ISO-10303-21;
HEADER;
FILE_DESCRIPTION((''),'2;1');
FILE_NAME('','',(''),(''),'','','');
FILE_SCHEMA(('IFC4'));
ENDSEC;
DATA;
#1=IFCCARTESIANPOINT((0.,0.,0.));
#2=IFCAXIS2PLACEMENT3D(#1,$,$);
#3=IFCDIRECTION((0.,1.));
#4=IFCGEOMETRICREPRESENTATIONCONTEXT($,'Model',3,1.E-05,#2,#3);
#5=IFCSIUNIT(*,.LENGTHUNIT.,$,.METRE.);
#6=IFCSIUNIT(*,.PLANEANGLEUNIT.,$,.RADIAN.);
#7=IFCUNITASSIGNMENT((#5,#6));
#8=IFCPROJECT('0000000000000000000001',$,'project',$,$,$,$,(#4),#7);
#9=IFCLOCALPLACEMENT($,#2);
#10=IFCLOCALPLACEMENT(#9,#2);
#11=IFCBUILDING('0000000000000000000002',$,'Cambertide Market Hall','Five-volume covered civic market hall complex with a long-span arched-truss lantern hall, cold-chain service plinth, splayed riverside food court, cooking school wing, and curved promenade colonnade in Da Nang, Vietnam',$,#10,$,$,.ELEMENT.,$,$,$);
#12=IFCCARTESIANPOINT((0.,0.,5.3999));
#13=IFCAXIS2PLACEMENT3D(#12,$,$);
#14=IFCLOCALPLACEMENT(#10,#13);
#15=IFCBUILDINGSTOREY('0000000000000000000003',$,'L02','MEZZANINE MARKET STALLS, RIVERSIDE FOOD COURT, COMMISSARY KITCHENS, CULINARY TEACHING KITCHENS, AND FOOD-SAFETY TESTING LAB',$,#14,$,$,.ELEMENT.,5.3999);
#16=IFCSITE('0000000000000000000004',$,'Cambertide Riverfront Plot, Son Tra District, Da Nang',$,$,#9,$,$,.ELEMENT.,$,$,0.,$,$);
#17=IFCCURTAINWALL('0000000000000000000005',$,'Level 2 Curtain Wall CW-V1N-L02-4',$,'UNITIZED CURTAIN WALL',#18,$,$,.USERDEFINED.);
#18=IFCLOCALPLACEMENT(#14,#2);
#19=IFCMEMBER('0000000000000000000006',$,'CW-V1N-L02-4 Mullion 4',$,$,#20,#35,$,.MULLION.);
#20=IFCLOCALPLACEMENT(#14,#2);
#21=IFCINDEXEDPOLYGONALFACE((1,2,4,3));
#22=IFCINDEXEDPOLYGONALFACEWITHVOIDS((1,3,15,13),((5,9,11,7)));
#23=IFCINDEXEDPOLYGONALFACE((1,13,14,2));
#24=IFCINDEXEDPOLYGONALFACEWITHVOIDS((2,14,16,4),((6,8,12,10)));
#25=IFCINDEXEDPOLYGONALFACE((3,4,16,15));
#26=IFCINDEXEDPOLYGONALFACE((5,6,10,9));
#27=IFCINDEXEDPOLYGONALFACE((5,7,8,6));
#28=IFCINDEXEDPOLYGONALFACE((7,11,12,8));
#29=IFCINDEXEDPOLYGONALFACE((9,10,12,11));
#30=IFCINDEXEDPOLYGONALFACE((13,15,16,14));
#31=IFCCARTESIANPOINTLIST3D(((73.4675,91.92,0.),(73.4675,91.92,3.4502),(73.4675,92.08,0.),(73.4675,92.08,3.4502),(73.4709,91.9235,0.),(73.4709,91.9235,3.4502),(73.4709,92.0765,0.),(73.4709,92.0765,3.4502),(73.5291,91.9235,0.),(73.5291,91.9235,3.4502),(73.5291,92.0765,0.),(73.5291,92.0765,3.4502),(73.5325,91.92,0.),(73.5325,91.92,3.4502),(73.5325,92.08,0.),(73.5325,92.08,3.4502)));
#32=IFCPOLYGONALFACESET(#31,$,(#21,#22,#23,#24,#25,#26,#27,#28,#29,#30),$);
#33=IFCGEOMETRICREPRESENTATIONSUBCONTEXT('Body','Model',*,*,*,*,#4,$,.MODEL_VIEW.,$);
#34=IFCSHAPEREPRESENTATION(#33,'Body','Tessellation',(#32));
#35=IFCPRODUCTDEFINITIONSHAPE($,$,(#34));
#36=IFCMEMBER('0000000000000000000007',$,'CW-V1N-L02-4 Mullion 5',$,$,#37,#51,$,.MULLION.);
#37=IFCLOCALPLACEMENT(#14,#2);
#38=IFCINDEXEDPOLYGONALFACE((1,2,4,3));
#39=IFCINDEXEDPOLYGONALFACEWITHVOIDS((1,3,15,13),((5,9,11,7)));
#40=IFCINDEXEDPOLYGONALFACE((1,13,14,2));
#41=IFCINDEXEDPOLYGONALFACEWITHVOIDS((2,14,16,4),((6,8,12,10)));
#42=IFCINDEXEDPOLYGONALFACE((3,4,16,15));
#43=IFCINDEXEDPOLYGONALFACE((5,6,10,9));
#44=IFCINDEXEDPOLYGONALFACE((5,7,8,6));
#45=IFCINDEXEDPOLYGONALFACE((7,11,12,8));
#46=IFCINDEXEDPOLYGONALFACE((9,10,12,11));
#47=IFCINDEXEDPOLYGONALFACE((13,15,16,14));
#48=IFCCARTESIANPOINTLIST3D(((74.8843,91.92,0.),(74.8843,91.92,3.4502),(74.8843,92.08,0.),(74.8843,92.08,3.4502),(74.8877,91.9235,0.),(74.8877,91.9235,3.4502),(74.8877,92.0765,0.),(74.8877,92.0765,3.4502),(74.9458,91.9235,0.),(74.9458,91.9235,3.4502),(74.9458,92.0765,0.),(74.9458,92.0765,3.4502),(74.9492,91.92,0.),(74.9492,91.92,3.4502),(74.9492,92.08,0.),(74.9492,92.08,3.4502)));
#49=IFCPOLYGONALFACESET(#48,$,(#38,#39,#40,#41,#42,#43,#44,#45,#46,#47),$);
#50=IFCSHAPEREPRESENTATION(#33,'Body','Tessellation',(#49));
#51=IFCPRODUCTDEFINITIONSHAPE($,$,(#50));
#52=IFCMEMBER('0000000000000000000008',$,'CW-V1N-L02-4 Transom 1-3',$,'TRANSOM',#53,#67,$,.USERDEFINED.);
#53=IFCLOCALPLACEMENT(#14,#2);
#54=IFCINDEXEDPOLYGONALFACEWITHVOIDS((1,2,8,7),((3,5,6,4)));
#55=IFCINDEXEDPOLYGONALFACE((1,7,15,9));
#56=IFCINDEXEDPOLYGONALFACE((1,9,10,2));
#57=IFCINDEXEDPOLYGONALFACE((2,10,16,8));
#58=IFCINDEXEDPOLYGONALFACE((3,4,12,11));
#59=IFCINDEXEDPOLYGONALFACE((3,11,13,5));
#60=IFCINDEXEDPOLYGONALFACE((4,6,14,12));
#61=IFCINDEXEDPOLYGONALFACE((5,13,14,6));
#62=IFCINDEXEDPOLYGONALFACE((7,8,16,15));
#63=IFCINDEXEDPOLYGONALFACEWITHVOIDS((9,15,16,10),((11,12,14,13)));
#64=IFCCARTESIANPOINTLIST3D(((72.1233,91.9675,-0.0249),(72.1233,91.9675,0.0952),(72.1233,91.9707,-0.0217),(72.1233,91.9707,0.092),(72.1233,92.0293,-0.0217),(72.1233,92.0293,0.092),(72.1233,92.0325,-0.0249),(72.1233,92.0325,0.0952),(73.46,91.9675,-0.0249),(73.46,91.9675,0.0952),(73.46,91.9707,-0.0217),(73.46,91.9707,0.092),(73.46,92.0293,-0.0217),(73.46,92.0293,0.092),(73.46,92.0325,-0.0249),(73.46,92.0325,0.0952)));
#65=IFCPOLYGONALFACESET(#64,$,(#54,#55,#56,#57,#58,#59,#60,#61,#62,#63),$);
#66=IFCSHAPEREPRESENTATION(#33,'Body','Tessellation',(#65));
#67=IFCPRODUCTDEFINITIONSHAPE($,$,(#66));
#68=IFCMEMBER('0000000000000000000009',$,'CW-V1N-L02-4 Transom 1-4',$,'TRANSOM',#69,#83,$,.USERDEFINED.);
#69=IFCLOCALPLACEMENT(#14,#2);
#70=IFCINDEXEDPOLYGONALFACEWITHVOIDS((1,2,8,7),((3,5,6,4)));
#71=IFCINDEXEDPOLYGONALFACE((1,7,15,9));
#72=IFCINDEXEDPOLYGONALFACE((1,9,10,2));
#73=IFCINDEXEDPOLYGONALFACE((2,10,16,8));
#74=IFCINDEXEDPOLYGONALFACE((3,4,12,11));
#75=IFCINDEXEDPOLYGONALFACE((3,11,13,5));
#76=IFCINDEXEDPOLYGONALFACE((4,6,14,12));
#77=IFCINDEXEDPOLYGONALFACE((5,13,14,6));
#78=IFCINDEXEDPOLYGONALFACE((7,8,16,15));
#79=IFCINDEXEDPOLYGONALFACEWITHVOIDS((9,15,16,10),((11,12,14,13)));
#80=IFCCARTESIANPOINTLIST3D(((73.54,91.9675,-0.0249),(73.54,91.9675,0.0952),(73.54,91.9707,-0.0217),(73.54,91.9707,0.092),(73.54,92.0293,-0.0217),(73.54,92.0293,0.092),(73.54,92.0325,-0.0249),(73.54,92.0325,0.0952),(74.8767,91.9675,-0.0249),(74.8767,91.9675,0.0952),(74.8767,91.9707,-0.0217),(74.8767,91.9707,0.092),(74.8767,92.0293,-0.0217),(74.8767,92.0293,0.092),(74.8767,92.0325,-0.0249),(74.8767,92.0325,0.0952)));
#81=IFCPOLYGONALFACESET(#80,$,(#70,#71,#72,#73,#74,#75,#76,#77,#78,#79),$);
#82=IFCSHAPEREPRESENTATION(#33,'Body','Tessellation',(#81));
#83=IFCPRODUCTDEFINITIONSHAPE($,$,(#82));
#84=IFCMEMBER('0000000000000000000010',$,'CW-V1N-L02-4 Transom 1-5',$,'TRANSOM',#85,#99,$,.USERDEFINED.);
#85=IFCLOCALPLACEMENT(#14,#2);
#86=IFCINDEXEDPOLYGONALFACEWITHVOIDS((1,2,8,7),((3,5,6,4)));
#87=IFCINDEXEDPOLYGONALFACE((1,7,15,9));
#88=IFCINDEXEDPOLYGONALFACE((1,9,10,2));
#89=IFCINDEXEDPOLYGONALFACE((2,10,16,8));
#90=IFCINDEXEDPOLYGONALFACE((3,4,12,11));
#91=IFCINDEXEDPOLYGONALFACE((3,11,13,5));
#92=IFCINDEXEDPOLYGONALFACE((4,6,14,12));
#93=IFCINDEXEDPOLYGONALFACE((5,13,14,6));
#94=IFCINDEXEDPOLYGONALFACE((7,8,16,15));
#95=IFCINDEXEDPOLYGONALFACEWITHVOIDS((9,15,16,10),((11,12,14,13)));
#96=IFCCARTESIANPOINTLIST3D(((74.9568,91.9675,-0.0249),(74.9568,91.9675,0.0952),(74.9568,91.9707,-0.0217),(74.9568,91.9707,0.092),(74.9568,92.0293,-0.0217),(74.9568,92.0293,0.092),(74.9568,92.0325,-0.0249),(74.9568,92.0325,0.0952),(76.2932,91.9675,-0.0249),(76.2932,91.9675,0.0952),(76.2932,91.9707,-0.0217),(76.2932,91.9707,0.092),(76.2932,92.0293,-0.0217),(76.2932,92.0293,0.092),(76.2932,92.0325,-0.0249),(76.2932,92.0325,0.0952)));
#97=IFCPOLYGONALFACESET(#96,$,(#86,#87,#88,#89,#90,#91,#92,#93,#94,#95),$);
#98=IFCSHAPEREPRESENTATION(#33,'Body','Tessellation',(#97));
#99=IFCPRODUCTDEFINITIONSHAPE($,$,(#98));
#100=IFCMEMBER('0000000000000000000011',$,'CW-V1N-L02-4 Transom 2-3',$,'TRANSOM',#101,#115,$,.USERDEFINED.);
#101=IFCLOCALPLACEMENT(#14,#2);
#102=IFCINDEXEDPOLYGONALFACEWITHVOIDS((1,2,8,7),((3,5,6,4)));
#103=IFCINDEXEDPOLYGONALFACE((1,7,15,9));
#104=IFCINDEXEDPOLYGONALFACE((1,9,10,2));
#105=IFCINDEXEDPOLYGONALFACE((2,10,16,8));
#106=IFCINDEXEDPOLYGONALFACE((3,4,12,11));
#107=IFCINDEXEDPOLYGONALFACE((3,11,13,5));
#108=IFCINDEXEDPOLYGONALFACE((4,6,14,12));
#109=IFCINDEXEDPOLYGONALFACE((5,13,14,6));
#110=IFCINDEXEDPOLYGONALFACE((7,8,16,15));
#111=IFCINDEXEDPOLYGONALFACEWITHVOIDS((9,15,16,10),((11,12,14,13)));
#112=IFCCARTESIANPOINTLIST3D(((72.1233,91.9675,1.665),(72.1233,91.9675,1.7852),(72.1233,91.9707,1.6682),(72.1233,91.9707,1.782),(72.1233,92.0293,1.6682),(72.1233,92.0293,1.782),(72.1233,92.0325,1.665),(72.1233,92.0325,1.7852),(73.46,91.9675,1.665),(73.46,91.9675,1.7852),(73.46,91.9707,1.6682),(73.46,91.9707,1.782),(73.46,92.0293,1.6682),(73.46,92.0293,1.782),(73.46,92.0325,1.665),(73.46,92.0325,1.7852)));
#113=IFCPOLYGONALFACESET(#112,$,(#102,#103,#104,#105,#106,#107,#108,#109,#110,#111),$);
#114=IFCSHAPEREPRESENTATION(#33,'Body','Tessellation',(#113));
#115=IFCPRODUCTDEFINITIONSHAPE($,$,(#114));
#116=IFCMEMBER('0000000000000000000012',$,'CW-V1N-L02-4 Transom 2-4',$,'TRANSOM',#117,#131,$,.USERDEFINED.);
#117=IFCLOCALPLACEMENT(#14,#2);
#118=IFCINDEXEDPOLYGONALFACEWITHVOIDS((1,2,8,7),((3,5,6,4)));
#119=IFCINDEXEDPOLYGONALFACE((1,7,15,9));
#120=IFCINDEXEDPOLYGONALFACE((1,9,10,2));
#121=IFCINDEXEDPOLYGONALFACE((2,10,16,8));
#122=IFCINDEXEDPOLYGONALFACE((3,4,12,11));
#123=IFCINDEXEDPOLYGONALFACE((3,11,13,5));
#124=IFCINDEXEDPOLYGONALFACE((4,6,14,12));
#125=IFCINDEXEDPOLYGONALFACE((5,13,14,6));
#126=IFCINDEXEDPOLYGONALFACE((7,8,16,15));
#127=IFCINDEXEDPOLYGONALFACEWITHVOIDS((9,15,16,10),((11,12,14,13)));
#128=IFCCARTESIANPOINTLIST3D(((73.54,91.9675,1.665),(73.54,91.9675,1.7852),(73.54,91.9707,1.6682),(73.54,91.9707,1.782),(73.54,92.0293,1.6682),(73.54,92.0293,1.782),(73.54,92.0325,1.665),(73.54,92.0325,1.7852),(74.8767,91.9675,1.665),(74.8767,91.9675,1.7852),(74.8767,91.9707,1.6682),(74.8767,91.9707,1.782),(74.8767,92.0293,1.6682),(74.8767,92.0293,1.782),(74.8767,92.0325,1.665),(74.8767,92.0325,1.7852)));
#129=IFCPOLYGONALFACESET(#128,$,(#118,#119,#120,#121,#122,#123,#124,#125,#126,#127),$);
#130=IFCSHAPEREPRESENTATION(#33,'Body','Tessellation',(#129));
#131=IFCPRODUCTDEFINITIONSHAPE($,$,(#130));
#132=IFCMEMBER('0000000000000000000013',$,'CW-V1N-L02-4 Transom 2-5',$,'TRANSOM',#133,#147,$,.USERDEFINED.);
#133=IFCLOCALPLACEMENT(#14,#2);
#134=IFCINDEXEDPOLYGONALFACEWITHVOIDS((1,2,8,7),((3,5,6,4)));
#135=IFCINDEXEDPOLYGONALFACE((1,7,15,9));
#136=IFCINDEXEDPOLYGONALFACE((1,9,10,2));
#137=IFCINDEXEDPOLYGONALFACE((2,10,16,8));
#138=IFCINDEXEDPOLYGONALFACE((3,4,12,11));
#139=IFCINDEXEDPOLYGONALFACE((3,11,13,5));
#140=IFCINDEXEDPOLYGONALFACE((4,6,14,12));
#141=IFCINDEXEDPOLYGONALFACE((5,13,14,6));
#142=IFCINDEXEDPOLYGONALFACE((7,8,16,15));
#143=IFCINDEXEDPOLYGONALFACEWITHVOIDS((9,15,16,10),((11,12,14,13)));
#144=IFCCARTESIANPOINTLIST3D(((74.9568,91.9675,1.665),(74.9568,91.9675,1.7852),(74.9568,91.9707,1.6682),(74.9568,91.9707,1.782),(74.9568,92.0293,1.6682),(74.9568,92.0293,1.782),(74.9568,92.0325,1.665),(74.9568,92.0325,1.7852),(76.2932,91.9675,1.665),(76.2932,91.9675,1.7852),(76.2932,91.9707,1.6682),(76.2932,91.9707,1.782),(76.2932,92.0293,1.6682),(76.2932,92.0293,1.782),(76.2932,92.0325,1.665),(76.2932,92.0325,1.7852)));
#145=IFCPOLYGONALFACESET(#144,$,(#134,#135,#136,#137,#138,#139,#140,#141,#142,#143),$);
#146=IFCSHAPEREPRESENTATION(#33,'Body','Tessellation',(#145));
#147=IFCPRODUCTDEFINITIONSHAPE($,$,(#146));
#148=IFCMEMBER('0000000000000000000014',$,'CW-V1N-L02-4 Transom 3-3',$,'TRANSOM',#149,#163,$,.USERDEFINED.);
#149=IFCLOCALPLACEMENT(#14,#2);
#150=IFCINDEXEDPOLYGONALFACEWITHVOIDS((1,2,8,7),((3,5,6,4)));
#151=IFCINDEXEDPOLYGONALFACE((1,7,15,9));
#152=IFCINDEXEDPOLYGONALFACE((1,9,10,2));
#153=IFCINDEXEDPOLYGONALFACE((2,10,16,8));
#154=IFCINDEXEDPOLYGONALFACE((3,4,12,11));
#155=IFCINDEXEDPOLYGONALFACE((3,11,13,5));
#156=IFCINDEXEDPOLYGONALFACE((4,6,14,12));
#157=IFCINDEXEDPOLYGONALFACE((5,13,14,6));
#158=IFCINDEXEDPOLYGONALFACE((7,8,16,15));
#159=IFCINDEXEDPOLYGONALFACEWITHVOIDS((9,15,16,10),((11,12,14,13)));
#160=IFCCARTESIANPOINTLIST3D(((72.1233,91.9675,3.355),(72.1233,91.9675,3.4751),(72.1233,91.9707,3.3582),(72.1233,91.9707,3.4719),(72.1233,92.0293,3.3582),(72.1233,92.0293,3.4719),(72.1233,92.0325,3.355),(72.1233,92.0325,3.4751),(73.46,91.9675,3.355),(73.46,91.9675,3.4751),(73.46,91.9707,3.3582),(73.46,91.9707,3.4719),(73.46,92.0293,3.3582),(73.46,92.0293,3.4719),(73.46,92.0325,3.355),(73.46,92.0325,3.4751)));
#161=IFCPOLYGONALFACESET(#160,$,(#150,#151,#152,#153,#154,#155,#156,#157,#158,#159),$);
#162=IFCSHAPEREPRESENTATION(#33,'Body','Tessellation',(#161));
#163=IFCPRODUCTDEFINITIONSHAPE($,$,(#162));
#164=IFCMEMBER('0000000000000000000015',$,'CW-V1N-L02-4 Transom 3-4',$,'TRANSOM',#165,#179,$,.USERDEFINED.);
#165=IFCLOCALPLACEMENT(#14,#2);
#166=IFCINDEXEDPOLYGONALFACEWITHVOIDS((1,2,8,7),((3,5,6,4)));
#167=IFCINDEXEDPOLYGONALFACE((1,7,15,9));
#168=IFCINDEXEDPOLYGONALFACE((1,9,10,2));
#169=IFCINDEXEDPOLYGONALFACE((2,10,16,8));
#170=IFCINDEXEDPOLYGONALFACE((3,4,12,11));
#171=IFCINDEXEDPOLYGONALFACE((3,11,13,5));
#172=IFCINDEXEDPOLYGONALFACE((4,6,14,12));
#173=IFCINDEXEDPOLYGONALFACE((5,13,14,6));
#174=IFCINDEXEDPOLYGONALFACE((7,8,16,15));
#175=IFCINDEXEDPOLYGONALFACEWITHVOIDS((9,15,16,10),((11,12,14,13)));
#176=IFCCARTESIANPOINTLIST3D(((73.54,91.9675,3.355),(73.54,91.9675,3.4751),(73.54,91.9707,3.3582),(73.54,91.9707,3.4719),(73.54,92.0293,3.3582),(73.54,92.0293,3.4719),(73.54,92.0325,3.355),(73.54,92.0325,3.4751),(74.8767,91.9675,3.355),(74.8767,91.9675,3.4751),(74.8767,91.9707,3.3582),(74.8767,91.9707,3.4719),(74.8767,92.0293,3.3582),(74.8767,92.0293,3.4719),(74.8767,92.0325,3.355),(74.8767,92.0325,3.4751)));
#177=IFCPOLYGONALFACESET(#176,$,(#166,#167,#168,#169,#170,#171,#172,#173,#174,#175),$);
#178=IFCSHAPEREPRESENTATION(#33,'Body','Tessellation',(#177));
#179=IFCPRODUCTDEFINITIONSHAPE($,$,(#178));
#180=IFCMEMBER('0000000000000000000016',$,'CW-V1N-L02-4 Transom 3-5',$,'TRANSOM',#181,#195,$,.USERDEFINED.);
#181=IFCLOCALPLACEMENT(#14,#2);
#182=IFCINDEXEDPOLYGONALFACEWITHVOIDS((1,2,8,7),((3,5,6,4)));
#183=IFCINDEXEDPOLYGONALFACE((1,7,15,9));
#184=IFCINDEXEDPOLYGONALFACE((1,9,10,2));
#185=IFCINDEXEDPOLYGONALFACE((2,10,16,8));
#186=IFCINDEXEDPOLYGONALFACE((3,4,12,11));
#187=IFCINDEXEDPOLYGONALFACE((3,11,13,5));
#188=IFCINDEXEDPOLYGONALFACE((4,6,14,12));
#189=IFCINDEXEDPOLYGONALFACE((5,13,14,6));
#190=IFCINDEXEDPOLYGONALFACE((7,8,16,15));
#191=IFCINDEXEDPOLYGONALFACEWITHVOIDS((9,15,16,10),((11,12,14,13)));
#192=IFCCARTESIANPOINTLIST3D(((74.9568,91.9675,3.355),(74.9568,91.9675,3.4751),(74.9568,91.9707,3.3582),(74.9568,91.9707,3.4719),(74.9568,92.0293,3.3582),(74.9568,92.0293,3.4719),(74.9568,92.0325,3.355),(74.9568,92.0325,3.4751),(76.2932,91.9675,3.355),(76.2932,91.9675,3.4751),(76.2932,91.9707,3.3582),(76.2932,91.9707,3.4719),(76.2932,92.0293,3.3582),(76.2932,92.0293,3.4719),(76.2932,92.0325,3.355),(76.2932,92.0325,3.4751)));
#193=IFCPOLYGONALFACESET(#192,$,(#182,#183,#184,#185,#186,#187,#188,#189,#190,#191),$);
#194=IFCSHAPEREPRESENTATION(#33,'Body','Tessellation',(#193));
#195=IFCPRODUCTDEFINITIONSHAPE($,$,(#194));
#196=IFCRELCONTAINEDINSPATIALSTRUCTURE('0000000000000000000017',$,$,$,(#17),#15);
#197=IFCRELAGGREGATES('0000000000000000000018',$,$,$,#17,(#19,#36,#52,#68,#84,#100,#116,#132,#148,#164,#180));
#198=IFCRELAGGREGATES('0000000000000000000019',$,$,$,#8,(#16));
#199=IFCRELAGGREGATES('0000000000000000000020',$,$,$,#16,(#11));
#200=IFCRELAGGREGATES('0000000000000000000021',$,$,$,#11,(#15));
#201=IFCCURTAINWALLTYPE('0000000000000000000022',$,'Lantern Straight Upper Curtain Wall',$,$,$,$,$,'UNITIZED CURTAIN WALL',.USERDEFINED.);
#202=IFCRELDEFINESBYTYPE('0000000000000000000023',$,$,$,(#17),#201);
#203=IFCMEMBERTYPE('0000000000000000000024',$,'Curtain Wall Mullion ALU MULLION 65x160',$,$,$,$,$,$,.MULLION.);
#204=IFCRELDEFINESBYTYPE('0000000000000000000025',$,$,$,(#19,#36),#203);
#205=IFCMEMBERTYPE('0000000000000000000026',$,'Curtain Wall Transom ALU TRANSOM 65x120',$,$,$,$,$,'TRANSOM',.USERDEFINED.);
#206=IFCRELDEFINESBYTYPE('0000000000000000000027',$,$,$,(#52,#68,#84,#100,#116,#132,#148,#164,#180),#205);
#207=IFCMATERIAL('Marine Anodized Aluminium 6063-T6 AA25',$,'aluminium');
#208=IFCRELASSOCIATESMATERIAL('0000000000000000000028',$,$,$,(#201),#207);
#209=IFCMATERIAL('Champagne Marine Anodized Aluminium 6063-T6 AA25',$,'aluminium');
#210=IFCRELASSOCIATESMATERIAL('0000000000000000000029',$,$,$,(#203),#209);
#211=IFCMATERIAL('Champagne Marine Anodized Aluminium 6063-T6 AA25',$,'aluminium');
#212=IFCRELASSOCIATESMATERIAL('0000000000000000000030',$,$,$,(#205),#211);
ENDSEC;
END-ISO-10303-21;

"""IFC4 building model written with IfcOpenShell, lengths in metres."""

from ifc_helpers import new_model, si_unit, direction, frame, origin, origin_2d, place, context, subcontext, project, spatial, hollow_rectangle, extrude, material, material_profile, profile_set, type_object, element, aggregate, save


model = new_model("IFC4")

# Units and contexts
model_context = context("Model", 3, precision=1e-05, world=origin(), true_north=direction((0.0, 1.0)))
body_context = subcontext(model_context, "Body", "Model", "MODEL_VIEW")
ifc_project = project(units=[si_unit("LENGTHUNIT", "METRE"), si_unit("PLANEANGLEUNIT", "RADIAN")], contexts=[model_context])

# Site, building, storey
site_placement = place(None, origin())
site = spatial("IfcSite", under=ifc_project, at=site_placement, Name="Cambertide Riverfront Plot, Son Tra District, Da Nang", CompositionType="ELEMENT", RefElevation=0.0)
building_placement = place(site_placement, origin())
building = spatial("IfcBuilding", under=site, at=building_placement, Name="Cambertide Market Hall", Description="Five-volume covered civic market hall complex with a long-span arched-truss lantern hall, cold-chain service plinth, splayed riverside food court, cooking school wing, and curved promenade colonnade in Da Nang, Vietnam", CompositionType="ELEMENT")
storey_placement = place(building_placement, frame((0.0, 0.0, 5.3999)))
storey = spatial("IfcBuildingStorey", under=building, at=storey_placement, Name="L02", Description="MEZZANINE MARKET STALLS, RIVERSIDE FOOD COURT, COMMISSARY KITCHENS, CULINARY TEACHING KITCHENS, AND FOOD-SAFETY TESTING LAB", CompositionType="ELEMENT", Elevation=5.3999)

# Curtain wall, members
ifc_material_1 = material(Name="Marine Anodized Aluminium 6063-T6 AA25", Category="aluminium")
curtain_wall_type = type_object("IfcCurtainWallType", Name="Lantern Straight Upper Curtain Wall", ElementType="UNITIZED CURTAIN WALL", PredefinedType="USERDEFINED", material=ifc_material_1)
curtain_wall_placement = place(storey_placement, origin())
curtain_wall = element("IfcCurtainWall", 1, at=curtain_wall_placement, inside=storey, type_object=curtain_wall_type, Name="Level 2 Curtain Wall CW-V1N-L02-4", ObjectType="UNITIZED CURTAIN WALL", PredefinedType="USERDEFINED")
ifc_material_2 = material(Name="Champagne Marine Anodized Aluminium 6063-T6 AA25", Category="aluminium")
ifc_material_profile_1 = material_profile(ifc_material_2, hollow_rectangle(XDim=0.0649, YDim=0.1599, WallThickness=0.0034, at=origin_2d()), Name="ALU MULLION 65x160")
ifc_profile_set_1 = profile_set([ifc_material_profile_1], Name="Champagne Marine Anodized Aluminium 6063-T6 AA25")
member_type_1 = type_object("IfcMemberType", Name="Curtain Wall Mullion ALU MULLION 65x160", PredefinedType="MULLION", material=ifc_profile_set_1)
member_1_placement = place(storey_placement, frame((73.5, 92.0, 0.0), z_axis=(0.0, 0.0, 1.0), x_axis=(1.0, 0.0, 0.0)))
member_1 = element("IfcMember", 2, at=member_1_placement, type_object=member_type_1, Name="CW-V1N-L02-4 Mullion 4", PredefinedType="MULLION", context=body_context, shape_type="SweptSolid", body=[
    extrude(hollow_rectangle(XDim=0.0649, YDim=0.1599, WallThickness=0.0034, at=origin_2d()), origin(), (0.0, 0.0, 1.0), 3.4502),
])
member_2_placement = place(storey_placement, frame((74.9167, 92.0, 0.0), z_axis=(0.0, 0.0, 1.0), x_axis=(1.0, 0.0, 0.0)))
member_2 = element("IfcMember", 3, at=member_2_placement, type_object=member_type_1, Name="CW-V1N-L02-4 Mullion 5", PredefinedType="MULLION", context=body_context, shape_type="SweptSolid", body=[
    extrude(hollow_rectangle(XDim=0.0649, YDim=0.1599, WallThickness=0.0034, at=origin_2d()), origin(), (0.0, 0.0, 1.0), 3.4502),
])
ifc_material_3 = material(Name="Champagne Marine Anodized Aluminium 6063-T6 AA25", Category="aluminium")
ifc_material_profile_2 = material_profile(ifc_material_3, hollow_rectangle(XDim=0.0649, YDim=0.1201, WallThickness=0.0032, at=origin_2d()), Name="ALU TRANSOM 65x120")
ifc_profile_set_2 = profile_set([ifc_material_profile_2], Name="Champagne Marine Anodized Aluminium 6063-T6 AA25")
member_type_2 = type_object("IfcMemberType", Name="Curtain Wall Transom ALU TRANSOM 65x120", ElementType="TRANSOM", PredefinedType="USERDEFINED", material=ifc_profile_set_2)
member_3_placement = place(storey_placement, frame((72.1233, 92.0, 0.0352), z_axis=(1.0, 0.0, 0.0), x_axis=(0.0, 1.0, 0.0)))
member_3 = element("IfcMember", 4, at=member_3_placement, type_object=member_type_2, Name="CW-V1N-L02-4 Transom 1-3", ObjectType="TRANSOM", PredefinedType="USERDEFINED", context=body_context, shape_type="SweptSolid", body=[
    extrude(hollow_rectangle(XDim=0.0649, YDim=0.1201, WallThickness=0.0032, at=origin_2d()), origin(), (0.0, 0.0, 1.0), 1.3367),
])
member_4_placement = place(storey_placement, frame((73.54, 92.0, 0.0352), z_axis=(1.0, 0.0, 0.0), x_axis=(0.0, 1.0, 0.0)))
member_4 = element("IfcMember", 5, at=member_4_placement, type_object=member_type_2, Name="CW-V1N-L02-4 Transom 1-4", ObjectType="TRANSOM", PredefinedType="USERDEFINED", context=body_context, shape_type="SweptSolid", body=[
    extrude(hollow_rectangle(XDim=0.0649, YDim=0.1201, WallThickness=0.0032, at=origin_2d()), origin(), (0.0, 0.0, 1.0), 1.3367),
])
member_5_placement = place(storey_placement, frame((74.9568, 92.0, 0.0352), z_axis=(1.0, 0.0, 0.0), x_axis=(0.0, 1.0, 0.0)))
member_5 = element("IfcMember", 6, at=member_5_placement, type_object=member_type_2, Name="CW-V1N-L02-4 Transom 1-5", ObjectType="TRANSOM", PredefinedType="USERDEFINED", context=body_context, shape_type="SweptSolid", body=[
    extrude(hollow_rectangle(XDim=0.0649, YDim=0.1201, WallThickness=0.0032, at=origin_2d()), origin(), (0.0, 0.0, 1.0), 1.3364),
])
member_6_placement = place(storey_placement, frame((72.1233, 92.0, 1.7251), z_axis=(1.0, 0.0, 0.0), x_axis=(0.0, 1.0, 0.0)))
member_6 = element("IfcMember", 7, at=member_6_placement, type_object=member_type_2, Name="CW-V1N-L02-4 Transom 2-3", ObjectType="TRANSOM", PredefinedType="USERDEFINED", context=body_context, shape_type="SweptSolid", body=[
    extrude(hollow_rectangle(XDim=0.0649, YDim=0.1201, WallThickness=0.0032, at=origin_2d()), origin(), (0.0, 0.0, 1.0), 1.3367),
])
member_7_placement = place(storey_placement, frame((73.54, 92.0, 1.7251), z_axis=(1.0, 0.0, 0.0), x_axis=(0.0, 1.0, 0.0)))
member_7 = element("IfcMember", 8, at=member_7_placement, type_object=member_type_2, Name="CW-V1N-L02-4 Transom 2-4", ObjectType="TRANSOM", PredefinedType="USERDEFINED", context=body_context, shape_type="SweptSolid", body=[
    extrude(hollow_rectangle(XDim=0.0649, YDim=0.1201, WallThickness=0.0032, at=origin_2d()), origin(), (0.0, 0.0, 1.0), 1.3367),
])
member_8_placement = place(storey_placement, frame((74.9568, 92.0, 1.7251), z_axis=(1.0, 0.0, 0.0), x_axis=(0.0, 1.0, 0.0)))
member_8 = element("IfcMember", 9, at=member_8_placement, type_object=member_type_2, Name="CW-V1N-L02-4 Transom 2-5", ObjectType="TRANSOM", PredefinedType="USERDEFINED", context=body_context, shape_type="SweptSolid", body=[
    extrude(hollow_rectangle(XDim=0.0649, YDim=0.1201, WallThickness=0.0032, at=origin_2d()), origin(), (0.0, 0.0, 1.0), 1.3364),
])
member_9_placement = place(storey_placement, frame((72.1233, 92.0, 3.415), z_axis=(1.0, 0.0, 0.0), x_axis=(0.0, 1.0, 0.0)))
member_9 = element("IfcMember", 10, at=member_9_placement, type_object=member_type_2, Name="CW-V1N-L02-4 Transom 3-3", ObjectType="TRANSOM", PredefinedType="USERDEFINED", context=body_context, shape_type="SweptSolid", body=[
    extrude(hollow_rectangle(XDim=0.0649, YDim=0.1201, WallThickness=0.0032, at=origin_2d()), origin(), (0.0, 0.0, 1.0), 1.3367),
])
member_10_placement = place(storey_placement, frame((73.54, 92.0, 3.415), z_axis=(1.0, 0.0, 0.0), x_axis=(0.0, 1.0, 0.0)))
member_10 = element("IfcMember", 11, at=member_10_placement, type_object=member_type_2, Name="CW-V1N-L02-4 Transom 3-4", ObjectType="TRANSOM", PredefinedType="USERDEFINED", context=body_context, shape_type="SweptSolid", body=[
    extrude(hollow_rectangle(XDim=0.0649, YDim=0.1201, WallThickness=0.0032, at=origin_2d()), origin(), (0.0, 0.0, 1.0), 1.3367),
])
member_11_placement = place(storey_placement, frame((74.9568, 92.0, 3.415), z_axis=(1.0, 0.0, 0.0), x_axis=(0.0, 1.0, 0.0)))
member_11 = element("IfcMember", 12, at=member_11_placement, type_object=member_type_2, Name="CW-V1N-L02-4 Transom 3-5", ObjectType="TRANSOM", PredefinedType="USERDEFINED", context=body_context, shape_type="SweptSolid", body=[
    extrude(hollow_rectangle(XDim=0.0649, YDim=0.1201, WallThickness=0.0032, at=origin_2d()), origin(), (0.0, 0.0, 1.0), 1.3364),
])
aggregate(curtain_wall, [member_1, member_2, member_3, member_4, member_5, member_6, member_7, member_8, member_9, member_10, member_11])

save(model, "model.ifc")
